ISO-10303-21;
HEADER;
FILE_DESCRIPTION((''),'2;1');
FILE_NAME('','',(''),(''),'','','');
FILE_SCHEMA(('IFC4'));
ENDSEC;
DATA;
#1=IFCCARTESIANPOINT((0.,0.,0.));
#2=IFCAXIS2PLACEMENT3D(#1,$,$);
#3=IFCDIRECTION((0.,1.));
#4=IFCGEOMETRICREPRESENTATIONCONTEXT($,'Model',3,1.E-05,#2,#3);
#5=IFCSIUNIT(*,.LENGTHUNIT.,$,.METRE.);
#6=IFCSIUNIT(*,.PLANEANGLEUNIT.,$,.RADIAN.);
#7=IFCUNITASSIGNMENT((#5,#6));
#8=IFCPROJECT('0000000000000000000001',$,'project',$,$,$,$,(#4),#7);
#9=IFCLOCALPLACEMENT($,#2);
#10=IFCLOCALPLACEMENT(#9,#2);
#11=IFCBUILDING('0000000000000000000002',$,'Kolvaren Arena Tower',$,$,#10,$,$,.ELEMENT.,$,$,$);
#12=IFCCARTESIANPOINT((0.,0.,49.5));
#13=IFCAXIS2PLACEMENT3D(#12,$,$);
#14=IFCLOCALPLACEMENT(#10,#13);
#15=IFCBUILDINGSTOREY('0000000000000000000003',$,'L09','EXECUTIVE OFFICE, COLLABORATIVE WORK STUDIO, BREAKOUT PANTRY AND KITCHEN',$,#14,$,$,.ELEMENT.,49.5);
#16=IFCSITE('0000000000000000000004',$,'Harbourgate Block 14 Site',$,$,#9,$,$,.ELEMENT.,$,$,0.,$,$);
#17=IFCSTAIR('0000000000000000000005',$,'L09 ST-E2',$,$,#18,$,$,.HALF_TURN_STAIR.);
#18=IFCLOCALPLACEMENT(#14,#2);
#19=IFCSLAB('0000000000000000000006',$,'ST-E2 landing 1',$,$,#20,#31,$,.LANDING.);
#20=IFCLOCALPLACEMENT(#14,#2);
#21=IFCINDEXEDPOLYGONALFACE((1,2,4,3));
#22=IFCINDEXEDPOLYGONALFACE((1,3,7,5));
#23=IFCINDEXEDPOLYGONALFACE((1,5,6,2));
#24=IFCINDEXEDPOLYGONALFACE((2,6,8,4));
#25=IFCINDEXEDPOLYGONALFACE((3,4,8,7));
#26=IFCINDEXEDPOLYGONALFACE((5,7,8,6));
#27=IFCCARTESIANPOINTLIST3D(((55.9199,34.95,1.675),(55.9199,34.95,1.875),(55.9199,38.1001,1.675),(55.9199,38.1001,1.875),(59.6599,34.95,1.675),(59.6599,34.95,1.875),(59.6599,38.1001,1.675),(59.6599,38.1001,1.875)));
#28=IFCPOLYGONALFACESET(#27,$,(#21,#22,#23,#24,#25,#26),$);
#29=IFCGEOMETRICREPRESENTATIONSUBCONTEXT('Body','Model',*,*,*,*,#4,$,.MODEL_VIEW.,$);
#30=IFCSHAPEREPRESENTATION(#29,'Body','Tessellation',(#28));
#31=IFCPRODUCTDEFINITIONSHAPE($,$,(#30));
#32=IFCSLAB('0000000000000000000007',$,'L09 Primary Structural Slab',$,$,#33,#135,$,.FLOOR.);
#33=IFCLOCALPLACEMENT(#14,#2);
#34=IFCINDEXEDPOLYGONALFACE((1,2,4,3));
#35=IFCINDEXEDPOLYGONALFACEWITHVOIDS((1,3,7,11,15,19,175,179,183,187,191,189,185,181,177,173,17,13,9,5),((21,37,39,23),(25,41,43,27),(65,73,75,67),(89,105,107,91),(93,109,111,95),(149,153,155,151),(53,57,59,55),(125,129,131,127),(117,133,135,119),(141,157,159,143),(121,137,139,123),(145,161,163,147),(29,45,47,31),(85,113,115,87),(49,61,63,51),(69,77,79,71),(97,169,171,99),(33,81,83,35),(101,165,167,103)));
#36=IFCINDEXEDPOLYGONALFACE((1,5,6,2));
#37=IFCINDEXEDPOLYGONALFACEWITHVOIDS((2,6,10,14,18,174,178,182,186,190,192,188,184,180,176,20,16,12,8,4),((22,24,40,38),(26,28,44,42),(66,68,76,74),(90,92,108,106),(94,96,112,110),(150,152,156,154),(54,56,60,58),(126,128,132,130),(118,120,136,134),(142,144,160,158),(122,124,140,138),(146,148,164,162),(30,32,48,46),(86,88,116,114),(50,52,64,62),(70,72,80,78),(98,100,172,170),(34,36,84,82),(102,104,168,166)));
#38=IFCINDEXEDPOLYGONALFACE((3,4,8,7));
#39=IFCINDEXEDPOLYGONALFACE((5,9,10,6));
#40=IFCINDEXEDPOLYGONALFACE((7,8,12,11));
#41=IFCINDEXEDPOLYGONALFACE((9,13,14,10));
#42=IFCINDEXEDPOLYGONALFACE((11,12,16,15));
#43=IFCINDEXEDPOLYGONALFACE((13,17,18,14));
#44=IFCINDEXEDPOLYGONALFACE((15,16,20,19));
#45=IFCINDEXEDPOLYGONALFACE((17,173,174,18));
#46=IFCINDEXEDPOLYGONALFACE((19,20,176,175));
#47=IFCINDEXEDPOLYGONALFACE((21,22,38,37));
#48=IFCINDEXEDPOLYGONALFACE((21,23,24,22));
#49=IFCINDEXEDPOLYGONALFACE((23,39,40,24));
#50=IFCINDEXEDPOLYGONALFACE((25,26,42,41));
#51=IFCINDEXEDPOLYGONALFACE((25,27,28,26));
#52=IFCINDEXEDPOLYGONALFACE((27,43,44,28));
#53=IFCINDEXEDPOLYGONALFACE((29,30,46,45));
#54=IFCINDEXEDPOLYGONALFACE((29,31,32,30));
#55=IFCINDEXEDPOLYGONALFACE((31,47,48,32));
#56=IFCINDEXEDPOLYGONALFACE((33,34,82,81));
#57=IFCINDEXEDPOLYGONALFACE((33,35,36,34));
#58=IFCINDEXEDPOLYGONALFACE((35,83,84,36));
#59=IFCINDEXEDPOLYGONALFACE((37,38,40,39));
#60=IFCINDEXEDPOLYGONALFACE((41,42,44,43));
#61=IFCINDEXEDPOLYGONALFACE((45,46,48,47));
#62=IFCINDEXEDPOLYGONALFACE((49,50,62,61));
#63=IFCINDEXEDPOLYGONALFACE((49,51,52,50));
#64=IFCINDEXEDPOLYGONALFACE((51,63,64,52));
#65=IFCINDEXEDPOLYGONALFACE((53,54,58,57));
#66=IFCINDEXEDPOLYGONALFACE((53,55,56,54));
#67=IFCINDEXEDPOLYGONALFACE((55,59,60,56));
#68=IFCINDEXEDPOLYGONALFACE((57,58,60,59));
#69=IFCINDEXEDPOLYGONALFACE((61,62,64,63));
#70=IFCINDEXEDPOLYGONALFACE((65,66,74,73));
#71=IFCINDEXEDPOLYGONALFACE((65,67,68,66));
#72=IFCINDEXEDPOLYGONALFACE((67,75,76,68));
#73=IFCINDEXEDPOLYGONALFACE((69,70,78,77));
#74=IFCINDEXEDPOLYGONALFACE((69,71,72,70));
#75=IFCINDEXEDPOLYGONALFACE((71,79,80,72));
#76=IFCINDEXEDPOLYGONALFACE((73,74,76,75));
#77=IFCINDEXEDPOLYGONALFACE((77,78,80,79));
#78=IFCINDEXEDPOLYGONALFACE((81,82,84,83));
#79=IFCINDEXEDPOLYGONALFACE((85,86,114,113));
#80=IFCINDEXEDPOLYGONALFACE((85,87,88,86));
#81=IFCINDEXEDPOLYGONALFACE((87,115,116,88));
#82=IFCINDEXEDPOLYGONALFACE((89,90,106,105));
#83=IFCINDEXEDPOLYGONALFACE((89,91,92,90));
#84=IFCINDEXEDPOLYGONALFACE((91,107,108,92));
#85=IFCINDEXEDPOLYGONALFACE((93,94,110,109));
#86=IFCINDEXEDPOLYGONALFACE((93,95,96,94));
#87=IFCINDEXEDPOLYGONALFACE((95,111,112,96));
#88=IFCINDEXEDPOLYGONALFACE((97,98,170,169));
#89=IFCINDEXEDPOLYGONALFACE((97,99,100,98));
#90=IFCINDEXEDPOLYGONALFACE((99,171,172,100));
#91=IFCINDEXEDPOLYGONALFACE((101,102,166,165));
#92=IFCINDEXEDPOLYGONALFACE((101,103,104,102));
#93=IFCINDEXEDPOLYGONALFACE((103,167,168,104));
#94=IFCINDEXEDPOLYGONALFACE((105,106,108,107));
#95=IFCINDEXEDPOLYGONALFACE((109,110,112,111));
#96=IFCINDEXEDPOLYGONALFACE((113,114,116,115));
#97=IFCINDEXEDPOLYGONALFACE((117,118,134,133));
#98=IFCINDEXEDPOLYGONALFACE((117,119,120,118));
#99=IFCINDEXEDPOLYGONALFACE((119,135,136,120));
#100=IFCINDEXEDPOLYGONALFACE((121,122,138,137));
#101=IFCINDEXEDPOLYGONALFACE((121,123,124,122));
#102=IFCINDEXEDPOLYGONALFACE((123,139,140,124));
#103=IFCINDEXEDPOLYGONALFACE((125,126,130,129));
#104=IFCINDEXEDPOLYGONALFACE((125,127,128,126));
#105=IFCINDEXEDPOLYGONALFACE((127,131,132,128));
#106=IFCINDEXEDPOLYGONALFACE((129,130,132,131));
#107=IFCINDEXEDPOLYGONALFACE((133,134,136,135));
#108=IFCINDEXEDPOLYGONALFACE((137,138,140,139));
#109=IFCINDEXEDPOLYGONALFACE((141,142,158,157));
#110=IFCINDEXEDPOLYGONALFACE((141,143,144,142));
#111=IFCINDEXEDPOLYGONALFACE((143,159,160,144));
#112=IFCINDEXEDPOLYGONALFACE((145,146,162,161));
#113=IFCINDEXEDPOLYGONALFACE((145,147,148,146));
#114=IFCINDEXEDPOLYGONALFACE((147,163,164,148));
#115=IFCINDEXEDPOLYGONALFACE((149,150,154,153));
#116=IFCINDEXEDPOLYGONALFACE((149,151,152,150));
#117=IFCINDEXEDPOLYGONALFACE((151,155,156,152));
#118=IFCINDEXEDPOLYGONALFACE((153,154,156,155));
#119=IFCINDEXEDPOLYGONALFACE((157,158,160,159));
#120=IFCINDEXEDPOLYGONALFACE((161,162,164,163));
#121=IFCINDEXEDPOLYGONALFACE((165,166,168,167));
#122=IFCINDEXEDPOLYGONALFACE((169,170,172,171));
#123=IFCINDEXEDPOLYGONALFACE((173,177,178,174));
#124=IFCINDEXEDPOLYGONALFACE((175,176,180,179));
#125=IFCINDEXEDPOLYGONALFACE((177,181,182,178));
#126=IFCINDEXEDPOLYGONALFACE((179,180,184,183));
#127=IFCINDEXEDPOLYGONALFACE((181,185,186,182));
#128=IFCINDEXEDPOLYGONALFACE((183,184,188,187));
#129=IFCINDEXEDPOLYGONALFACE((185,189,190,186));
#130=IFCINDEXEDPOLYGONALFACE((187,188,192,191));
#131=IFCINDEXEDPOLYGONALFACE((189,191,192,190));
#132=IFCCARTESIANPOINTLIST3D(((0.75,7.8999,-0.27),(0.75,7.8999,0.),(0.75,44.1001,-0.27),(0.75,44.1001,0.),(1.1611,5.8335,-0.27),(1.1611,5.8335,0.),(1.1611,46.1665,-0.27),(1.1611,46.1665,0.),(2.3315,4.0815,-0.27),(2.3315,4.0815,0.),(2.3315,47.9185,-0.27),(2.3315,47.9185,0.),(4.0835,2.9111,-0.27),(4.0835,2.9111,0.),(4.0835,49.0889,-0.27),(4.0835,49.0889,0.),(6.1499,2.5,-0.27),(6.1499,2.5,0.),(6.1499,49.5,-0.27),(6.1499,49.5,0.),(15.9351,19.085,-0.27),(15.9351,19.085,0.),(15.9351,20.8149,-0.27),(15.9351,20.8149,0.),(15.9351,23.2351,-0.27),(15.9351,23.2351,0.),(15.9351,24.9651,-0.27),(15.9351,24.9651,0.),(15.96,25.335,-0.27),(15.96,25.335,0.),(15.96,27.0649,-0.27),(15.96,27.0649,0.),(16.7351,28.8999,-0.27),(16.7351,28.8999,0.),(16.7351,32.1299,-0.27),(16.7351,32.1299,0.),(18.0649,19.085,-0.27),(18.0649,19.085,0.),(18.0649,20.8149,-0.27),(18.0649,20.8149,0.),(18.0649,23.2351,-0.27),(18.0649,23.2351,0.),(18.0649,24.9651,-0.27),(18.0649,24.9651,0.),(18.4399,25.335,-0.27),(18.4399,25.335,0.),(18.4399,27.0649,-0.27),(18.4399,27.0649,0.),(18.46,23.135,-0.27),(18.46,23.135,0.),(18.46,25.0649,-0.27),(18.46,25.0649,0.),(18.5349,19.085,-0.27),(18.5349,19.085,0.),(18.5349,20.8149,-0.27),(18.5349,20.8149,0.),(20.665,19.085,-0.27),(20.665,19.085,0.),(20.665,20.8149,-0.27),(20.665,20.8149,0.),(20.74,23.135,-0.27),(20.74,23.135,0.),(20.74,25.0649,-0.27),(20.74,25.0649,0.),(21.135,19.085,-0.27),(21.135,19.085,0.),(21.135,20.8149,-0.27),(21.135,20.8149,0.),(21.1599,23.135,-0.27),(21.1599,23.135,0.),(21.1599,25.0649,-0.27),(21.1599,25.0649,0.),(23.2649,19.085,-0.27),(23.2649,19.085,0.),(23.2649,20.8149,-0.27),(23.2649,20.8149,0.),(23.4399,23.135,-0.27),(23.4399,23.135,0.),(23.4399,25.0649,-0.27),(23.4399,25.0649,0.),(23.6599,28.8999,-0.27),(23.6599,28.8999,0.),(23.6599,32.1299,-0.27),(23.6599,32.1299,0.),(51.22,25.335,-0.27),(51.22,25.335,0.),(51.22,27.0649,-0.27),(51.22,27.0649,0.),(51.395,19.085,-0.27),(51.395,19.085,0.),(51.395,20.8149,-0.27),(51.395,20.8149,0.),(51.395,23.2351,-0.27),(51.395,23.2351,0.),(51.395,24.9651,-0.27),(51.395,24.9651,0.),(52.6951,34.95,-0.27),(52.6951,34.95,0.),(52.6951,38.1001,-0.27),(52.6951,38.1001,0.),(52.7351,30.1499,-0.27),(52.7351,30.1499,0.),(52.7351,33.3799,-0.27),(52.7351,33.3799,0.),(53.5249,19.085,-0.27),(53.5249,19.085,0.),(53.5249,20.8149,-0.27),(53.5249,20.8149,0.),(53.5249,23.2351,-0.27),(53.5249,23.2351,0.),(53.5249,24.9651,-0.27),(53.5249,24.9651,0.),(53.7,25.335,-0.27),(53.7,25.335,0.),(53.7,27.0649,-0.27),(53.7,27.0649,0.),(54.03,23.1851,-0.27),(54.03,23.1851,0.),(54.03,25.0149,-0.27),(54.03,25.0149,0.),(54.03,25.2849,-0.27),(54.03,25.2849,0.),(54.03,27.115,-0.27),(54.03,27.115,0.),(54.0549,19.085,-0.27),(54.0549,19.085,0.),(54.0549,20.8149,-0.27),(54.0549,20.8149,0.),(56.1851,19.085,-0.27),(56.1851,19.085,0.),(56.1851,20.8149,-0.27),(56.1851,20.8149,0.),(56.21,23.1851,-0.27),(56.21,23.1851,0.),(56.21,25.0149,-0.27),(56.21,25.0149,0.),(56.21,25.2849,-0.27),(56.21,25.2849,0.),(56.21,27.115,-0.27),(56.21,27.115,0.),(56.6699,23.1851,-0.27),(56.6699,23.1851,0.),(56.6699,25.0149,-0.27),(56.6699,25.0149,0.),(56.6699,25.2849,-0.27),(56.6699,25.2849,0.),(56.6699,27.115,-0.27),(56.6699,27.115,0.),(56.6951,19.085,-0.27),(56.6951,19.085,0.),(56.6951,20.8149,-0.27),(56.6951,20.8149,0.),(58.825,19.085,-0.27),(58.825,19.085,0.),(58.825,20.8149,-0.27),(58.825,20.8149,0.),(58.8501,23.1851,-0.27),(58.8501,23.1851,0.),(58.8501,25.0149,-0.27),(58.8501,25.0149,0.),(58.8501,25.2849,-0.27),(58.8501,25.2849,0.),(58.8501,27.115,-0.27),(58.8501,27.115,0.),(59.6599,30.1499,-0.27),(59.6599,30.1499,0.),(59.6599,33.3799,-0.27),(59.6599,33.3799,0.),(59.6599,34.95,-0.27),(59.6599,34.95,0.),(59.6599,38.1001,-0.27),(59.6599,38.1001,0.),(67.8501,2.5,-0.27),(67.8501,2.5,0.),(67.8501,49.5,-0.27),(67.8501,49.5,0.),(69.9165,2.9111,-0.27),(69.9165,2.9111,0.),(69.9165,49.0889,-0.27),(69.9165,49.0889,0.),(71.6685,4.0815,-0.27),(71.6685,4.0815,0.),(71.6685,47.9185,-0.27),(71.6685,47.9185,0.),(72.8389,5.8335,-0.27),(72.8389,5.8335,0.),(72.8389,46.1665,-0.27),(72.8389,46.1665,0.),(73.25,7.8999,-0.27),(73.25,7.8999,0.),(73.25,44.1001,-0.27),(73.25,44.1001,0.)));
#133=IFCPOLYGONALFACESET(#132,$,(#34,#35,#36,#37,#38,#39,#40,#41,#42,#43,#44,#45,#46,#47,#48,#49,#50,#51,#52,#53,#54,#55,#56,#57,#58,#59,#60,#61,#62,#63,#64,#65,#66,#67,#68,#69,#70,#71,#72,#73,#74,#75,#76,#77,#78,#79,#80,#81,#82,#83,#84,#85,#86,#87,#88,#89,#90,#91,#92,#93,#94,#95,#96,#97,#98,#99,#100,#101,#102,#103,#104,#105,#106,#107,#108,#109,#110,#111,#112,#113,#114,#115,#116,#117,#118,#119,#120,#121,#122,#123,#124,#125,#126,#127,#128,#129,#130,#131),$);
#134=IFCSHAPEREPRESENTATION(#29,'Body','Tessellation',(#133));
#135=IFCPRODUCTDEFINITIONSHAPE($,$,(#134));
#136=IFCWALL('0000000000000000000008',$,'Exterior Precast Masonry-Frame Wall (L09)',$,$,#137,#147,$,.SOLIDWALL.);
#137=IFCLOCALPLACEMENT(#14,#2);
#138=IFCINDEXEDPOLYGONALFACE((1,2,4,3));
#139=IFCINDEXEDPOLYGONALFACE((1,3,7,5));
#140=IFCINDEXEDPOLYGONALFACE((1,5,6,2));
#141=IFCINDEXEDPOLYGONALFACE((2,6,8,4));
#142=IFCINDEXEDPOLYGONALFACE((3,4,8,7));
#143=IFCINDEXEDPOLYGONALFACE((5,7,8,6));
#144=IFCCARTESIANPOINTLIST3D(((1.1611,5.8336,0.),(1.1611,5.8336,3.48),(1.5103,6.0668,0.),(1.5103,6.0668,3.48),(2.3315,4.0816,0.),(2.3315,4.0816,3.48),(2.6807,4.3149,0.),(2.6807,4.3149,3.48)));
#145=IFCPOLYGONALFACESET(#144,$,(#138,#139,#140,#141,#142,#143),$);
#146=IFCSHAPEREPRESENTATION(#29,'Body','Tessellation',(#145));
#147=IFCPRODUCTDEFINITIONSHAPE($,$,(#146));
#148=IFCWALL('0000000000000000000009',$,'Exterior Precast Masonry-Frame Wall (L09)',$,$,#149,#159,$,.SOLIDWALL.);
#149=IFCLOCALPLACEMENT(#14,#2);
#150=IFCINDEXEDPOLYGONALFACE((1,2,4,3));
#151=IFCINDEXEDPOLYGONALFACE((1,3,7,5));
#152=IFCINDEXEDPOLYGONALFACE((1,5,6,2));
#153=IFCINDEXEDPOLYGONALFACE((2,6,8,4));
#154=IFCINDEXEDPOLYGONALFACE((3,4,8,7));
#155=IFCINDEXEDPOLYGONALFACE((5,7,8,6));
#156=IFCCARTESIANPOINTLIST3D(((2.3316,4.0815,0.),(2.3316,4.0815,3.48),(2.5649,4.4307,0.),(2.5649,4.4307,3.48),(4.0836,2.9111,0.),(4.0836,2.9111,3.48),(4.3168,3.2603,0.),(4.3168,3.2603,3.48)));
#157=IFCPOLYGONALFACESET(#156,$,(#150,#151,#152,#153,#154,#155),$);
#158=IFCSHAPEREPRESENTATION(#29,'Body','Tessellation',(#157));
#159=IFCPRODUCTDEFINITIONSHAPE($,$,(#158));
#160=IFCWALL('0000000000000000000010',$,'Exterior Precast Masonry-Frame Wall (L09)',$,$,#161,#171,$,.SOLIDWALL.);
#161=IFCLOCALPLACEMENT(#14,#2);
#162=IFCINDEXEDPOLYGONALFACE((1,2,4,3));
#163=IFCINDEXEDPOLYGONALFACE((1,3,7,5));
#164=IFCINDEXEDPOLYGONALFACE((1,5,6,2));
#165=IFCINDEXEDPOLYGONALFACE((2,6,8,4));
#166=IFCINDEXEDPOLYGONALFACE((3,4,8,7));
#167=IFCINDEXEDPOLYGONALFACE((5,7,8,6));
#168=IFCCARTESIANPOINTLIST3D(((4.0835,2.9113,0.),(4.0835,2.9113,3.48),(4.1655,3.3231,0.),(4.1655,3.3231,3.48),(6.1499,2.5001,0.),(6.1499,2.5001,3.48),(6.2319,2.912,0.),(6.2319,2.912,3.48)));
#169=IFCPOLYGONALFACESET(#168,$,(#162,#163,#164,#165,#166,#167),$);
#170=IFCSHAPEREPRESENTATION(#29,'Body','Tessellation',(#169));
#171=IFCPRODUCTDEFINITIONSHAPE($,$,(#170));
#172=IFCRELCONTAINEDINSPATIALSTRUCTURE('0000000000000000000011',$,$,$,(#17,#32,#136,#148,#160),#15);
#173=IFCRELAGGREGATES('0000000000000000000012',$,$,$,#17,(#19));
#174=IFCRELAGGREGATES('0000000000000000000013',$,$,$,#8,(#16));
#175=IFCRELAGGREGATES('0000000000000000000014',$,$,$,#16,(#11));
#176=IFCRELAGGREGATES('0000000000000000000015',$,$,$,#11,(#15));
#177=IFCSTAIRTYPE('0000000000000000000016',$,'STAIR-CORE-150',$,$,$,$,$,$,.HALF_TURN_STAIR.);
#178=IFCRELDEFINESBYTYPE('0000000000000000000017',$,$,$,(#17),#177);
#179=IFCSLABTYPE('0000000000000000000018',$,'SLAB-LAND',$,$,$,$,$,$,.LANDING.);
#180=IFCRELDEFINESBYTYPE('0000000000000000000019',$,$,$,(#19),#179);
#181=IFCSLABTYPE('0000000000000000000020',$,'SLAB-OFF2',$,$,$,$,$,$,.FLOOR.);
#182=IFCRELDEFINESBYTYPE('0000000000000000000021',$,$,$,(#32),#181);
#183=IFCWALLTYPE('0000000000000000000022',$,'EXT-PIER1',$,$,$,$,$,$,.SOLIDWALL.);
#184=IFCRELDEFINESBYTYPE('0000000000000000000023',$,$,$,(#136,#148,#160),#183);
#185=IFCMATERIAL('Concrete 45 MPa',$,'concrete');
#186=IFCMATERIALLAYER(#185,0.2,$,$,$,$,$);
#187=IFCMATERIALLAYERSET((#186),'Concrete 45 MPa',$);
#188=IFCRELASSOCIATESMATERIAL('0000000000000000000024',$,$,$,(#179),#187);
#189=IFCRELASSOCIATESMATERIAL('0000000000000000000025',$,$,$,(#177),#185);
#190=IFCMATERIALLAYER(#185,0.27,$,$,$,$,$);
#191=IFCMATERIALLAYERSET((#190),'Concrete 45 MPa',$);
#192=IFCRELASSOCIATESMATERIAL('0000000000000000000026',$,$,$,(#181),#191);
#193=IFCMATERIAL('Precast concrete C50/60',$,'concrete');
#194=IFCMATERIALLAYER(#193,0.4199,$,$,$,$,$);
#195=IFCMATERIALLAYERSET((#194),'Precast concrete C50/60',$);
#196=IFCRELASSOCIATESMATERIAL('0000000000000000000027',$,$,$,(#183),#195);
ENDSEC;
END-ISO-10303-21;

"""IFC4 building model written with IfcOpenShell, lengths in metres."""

from ifc_helpers import new_model, si_unit, direction, frame, frame_2d, origin, place, context, subcontext, project, spatial, polyline, rectangle, outline, extrude, material, layer, layer_set, type_object, element, aggregate, save


model = new_model("IFC4")

# Units and contexts
model_context = context("Model", 3, precision=1e-05, world=origin(), true_north=direction((0.0, 1.0)))
body_context = subcontext(model_context, "Body", "Model", "MODEL_VIEW")
ifc_project = project(units=[si_unit("LENGTHUNIT", "METRE"), si_unit("PLANEANGLEUNIT", "RADIAN")], contexts=[model_context])

# Site, building, storey
site_placement = place(None, origin())
site = spatial("IfcSite", under=ifc_project, at=site_placement, Name="Harbourgate Block 14 Site", CompositionType="ELEMENT", RefElevation=0.0)
building_placement = place(site_placement, origin())
building = spatial("IfcBuilding", under=site, at=building_placement, Name="Kolvaren Arena Tower", CompositionType="ELEMENT")
storey_placement = place(building_placement, frame((0.0, 0.0, 49.5)))
storey = spatial("IfcBuildingStorey", under=building, at=storey_placement, Name="L09", Description="EXECUTIVE OFFICE, COLLABORATIVE WORK STUDIO, BREAKOUT PANTRY AND KITCHEN", CompositionType="ELEMENT", Elevation=49.5)

# Stair, slab
ifc_material_1 = material(Name="Concrete 45 MPa", Category="concrete")
ifc_layer_1 = layer(ifc_material_1, 0.2)
ifc_layer_set_1 = layer_set([ifc_layer_1], Name="Concrete 45 MPa")
slab_type_1 = type_object("IfcSlabType", Name="SLAB-LAND", PredefinedType="LANDING", material=ifc_layer_set_1)
stair_type_1 = type_object("IfcStairType", Name="STAIR-CORE-150", PredefinedType="HALF_TURN_STAIR", material=ifc_material_1)
stair_1_placement = place(storey_placement, origin())
stair_1 = element("IfcStair", 1, at=stair_1_placement, inside=storey, type_object=stair_type_1, Name="L09 ST-E2", PredefinedType="HALF_TURN_STAIR")
slab_1_placement = place(storey_placement, frame((0.0, 0.0, 1.675)))
slab_1 = element("IfcSlab", 2, at=slab_1_placement, type_object=slab_type_1, Name="ST-E2 landing 1", PredefinedType="LANDING", context=body_context, shape_type="SweptSolid", body=[
    extrude(outline(polyline([(55.9199, 34.95), (59.6599, 34.95), (59.6599, 38.1001), (55.9199, 38.1001), (55.9199, 34.95)])), origin(), (0.0, 0.0, 1.0), 0.2),
])
aggregate(stair_1, [slab_1])

# Slab
ifc_layer_2 = layer(ifc_material_1, 0.27)
ifc_layer_set_2 = layer_set([ifc_layer_2], Name="Concrete 45 MPa")
slab_type_2 = type_object("IfcSlabType", Name="SLAB-OFF2", PredefinedType="FLOOR", material=ifc_layer_set_2)
slab_2_placement = place(storey_placement, frame((0.0, 0.0, -0.27)))
element("IfcSlab", 3, at=slab_2_placement, inside=storey, type_object=slab_type_2, Name="L09 Primary Structural Slab", PredefinedType="FLOOR", context=body_context, shape_type="SweptSolid", body=[
    extrude(outline(polyline([(67.8501, 2.5), (69.9165, 2.9111), (71.6685, 4.0815), (72.8389, 5.8335), (73.25, 7.8999), (73.25, 44.1001), (72.8389, 46.1665), (71.6685, 47.9185), (69.9165, 49.0889), (67.8501, 49.5), (6.1499, 49.5), (4.0835, 49.0889), (2.3315, 47.9185), (1.1611, 46.1665), (0.75, 44.1001), (0.75, 7.8999), (1.1611, 5.8335), (2.3315, 4.0815), (4.0835, 2.9111), (6.1499, 2.5), (67.8501, 2.5)]), holes=[polyline([(15.9351, 19.085), (15.9351, 20.8149), (18.0649, 20.8149), (18.0649, 19.085), (15.9351, 19.085)]), polyline([(18.5349, 19.085), (18.5349, 20.8149), (20.665, 20.8149), (20.665, 19.085), (18.5349, 19.085)]), polyline([(21.135, 19.085), (21.135, 20.8149), (23.2649, 20.8149), (23.2649, 19.085), (21.135, 19.085)]), polyline([(51.395, 19.085), (51.395, 20.8149), (53.5249, 20.8149), (53.5249, 19.085), (51.395, 19.085)]), polyline([(54.0549, 19.085), (54.0549, 20.8149), (56.1851, 20.8149), (56.1851, 19.085), (54.0549, 19.085)]), polyline([(56.6951, 19.085), (56.6951, 20.8149), (58.825, 20.8149), (58.825, 19.085), (56.6951, 19.085)]), polyline([(18.46, 23.135), (18.46, 25.0649), (20.74, 25.0649), (20.74, 23.135), (18.46, 23.135)]), polyline([(21.1599, 23.135), (21.1599, 25.0649), (23.4399, 25.0649), (23.4399, 23.135), (21.1599, 23.135)]), polyline([(54.03, 25.0149), (56.21, 25.0149), (56.21, 23.1851), (54.03, 23.1851), (54.03, 25.0149)]), polyline([(56.6699, 25.0149), (58.8501, 25.0149), (58.8501, 23.1851), (56.6699, 23.1851), (56.6699, 25.0149)]), polyline([(15.9351, 23.2351), (15.9351, 24.9651), (18.0649, 24.9651), (18.0649, 23.2351), (15.9351, 23.2351)]), polyline([(51.395, 24.9651), (53.5249, 24.9651), (53.5249, 23.2351), (51.395, 23.2351), (51.395, 24.9651)]), polyline([(54.03, 25.2849), (54.03, 27.115), (56.21, 27.115), (56.21, 25.2849), (54.03, 25.2849)]), polyline([(56.6699, 25.2849), (56.6699, 27.115), (58.8501, 27.115), (58.8501, 25.2849), (56.6699, 25.2849)]), polyline([(15.96, 27.0649), (18.4399, 27.0649), (18.4399, 25.335), (15.96, 25.335), (15.96, 27.0649)]), polyline([(51.22, 25.335), (51.22, 27.0649), (53.7, 27.0649), (53.7, 25.335), (51.22, 25.335)]), polyline([(16.7351, 28.8999), (16.7351, 32.1299), (23.6599, 32.1299), (23.6599, 28.8999), (16.7351, 28.8999)]), polyline([(52.7351, 33.3799), (59.6599, 33.3799), (59.6599, 30.1499), (52.7351, 30.1499), (52.7351, 33.3799)]), polyline([(52.6951, 38.1001), (59.6599, 38.1001), (59.6599, 34.95), (52.6951, 34.95), (52.6951, 38.1001)])]), origin(), (0.0, 0.0, 1.0), 0.27),
])

# Walls
ifc_material_2 = material(Name="Precast concrete C50/60", Category="concrete")
ifc_layer_3 = layer(ifc_material_2, 0.4199)
ifc_layer_set_3 = layer_set([ifc_layer_3], Name="Precast concrete C50/60")
wall_type = type_object("IfcWallType", Name="EXT-PIER1", PredefinedType="SOLIDWALL", material=ifc_layer_set_3)
for number, where, z_axis, x_axis, name in (
    (4, (2.5061, 4.1982, 0.0), (0.0, 0.0, 1.0), (-0.555502, 0.831515, 0.0), "Exterior Precast Masonry-Frame Wall (L09)"),
    (5, (4.2002, 3.0857, 0.0), (0.0, 0.0, 1.0), (-0.831515, 0.555502, 0.0), "Exterior Precast Masonry-Frame Wall (L09)"),
    (6, (6.1909, 2.7061, 0.0), (0.0, 0.0, 1.0), (-0.980776, 0.195136, 0.0), "Exterior Precast Masonry-Frame Wall (L09)"),
):
    element("IfcWall", number, at=place(storey_placement, frame(where, z_axis=z_axis, x_axis=x_axis)), inside=storey, type_object=wall_type, Name=name, PredefinedType="SOLIDWALL", context=body_context, shape_type="SweptSolid", body=[
        extrude(rectangle(XDim=2.1069, YDim=0.4199, at=frame_2d((1.0535, 0.0))), origin(), (0.0, 0.0, 1.0), 3.48),
    ])

save(model, "model.ifc")
